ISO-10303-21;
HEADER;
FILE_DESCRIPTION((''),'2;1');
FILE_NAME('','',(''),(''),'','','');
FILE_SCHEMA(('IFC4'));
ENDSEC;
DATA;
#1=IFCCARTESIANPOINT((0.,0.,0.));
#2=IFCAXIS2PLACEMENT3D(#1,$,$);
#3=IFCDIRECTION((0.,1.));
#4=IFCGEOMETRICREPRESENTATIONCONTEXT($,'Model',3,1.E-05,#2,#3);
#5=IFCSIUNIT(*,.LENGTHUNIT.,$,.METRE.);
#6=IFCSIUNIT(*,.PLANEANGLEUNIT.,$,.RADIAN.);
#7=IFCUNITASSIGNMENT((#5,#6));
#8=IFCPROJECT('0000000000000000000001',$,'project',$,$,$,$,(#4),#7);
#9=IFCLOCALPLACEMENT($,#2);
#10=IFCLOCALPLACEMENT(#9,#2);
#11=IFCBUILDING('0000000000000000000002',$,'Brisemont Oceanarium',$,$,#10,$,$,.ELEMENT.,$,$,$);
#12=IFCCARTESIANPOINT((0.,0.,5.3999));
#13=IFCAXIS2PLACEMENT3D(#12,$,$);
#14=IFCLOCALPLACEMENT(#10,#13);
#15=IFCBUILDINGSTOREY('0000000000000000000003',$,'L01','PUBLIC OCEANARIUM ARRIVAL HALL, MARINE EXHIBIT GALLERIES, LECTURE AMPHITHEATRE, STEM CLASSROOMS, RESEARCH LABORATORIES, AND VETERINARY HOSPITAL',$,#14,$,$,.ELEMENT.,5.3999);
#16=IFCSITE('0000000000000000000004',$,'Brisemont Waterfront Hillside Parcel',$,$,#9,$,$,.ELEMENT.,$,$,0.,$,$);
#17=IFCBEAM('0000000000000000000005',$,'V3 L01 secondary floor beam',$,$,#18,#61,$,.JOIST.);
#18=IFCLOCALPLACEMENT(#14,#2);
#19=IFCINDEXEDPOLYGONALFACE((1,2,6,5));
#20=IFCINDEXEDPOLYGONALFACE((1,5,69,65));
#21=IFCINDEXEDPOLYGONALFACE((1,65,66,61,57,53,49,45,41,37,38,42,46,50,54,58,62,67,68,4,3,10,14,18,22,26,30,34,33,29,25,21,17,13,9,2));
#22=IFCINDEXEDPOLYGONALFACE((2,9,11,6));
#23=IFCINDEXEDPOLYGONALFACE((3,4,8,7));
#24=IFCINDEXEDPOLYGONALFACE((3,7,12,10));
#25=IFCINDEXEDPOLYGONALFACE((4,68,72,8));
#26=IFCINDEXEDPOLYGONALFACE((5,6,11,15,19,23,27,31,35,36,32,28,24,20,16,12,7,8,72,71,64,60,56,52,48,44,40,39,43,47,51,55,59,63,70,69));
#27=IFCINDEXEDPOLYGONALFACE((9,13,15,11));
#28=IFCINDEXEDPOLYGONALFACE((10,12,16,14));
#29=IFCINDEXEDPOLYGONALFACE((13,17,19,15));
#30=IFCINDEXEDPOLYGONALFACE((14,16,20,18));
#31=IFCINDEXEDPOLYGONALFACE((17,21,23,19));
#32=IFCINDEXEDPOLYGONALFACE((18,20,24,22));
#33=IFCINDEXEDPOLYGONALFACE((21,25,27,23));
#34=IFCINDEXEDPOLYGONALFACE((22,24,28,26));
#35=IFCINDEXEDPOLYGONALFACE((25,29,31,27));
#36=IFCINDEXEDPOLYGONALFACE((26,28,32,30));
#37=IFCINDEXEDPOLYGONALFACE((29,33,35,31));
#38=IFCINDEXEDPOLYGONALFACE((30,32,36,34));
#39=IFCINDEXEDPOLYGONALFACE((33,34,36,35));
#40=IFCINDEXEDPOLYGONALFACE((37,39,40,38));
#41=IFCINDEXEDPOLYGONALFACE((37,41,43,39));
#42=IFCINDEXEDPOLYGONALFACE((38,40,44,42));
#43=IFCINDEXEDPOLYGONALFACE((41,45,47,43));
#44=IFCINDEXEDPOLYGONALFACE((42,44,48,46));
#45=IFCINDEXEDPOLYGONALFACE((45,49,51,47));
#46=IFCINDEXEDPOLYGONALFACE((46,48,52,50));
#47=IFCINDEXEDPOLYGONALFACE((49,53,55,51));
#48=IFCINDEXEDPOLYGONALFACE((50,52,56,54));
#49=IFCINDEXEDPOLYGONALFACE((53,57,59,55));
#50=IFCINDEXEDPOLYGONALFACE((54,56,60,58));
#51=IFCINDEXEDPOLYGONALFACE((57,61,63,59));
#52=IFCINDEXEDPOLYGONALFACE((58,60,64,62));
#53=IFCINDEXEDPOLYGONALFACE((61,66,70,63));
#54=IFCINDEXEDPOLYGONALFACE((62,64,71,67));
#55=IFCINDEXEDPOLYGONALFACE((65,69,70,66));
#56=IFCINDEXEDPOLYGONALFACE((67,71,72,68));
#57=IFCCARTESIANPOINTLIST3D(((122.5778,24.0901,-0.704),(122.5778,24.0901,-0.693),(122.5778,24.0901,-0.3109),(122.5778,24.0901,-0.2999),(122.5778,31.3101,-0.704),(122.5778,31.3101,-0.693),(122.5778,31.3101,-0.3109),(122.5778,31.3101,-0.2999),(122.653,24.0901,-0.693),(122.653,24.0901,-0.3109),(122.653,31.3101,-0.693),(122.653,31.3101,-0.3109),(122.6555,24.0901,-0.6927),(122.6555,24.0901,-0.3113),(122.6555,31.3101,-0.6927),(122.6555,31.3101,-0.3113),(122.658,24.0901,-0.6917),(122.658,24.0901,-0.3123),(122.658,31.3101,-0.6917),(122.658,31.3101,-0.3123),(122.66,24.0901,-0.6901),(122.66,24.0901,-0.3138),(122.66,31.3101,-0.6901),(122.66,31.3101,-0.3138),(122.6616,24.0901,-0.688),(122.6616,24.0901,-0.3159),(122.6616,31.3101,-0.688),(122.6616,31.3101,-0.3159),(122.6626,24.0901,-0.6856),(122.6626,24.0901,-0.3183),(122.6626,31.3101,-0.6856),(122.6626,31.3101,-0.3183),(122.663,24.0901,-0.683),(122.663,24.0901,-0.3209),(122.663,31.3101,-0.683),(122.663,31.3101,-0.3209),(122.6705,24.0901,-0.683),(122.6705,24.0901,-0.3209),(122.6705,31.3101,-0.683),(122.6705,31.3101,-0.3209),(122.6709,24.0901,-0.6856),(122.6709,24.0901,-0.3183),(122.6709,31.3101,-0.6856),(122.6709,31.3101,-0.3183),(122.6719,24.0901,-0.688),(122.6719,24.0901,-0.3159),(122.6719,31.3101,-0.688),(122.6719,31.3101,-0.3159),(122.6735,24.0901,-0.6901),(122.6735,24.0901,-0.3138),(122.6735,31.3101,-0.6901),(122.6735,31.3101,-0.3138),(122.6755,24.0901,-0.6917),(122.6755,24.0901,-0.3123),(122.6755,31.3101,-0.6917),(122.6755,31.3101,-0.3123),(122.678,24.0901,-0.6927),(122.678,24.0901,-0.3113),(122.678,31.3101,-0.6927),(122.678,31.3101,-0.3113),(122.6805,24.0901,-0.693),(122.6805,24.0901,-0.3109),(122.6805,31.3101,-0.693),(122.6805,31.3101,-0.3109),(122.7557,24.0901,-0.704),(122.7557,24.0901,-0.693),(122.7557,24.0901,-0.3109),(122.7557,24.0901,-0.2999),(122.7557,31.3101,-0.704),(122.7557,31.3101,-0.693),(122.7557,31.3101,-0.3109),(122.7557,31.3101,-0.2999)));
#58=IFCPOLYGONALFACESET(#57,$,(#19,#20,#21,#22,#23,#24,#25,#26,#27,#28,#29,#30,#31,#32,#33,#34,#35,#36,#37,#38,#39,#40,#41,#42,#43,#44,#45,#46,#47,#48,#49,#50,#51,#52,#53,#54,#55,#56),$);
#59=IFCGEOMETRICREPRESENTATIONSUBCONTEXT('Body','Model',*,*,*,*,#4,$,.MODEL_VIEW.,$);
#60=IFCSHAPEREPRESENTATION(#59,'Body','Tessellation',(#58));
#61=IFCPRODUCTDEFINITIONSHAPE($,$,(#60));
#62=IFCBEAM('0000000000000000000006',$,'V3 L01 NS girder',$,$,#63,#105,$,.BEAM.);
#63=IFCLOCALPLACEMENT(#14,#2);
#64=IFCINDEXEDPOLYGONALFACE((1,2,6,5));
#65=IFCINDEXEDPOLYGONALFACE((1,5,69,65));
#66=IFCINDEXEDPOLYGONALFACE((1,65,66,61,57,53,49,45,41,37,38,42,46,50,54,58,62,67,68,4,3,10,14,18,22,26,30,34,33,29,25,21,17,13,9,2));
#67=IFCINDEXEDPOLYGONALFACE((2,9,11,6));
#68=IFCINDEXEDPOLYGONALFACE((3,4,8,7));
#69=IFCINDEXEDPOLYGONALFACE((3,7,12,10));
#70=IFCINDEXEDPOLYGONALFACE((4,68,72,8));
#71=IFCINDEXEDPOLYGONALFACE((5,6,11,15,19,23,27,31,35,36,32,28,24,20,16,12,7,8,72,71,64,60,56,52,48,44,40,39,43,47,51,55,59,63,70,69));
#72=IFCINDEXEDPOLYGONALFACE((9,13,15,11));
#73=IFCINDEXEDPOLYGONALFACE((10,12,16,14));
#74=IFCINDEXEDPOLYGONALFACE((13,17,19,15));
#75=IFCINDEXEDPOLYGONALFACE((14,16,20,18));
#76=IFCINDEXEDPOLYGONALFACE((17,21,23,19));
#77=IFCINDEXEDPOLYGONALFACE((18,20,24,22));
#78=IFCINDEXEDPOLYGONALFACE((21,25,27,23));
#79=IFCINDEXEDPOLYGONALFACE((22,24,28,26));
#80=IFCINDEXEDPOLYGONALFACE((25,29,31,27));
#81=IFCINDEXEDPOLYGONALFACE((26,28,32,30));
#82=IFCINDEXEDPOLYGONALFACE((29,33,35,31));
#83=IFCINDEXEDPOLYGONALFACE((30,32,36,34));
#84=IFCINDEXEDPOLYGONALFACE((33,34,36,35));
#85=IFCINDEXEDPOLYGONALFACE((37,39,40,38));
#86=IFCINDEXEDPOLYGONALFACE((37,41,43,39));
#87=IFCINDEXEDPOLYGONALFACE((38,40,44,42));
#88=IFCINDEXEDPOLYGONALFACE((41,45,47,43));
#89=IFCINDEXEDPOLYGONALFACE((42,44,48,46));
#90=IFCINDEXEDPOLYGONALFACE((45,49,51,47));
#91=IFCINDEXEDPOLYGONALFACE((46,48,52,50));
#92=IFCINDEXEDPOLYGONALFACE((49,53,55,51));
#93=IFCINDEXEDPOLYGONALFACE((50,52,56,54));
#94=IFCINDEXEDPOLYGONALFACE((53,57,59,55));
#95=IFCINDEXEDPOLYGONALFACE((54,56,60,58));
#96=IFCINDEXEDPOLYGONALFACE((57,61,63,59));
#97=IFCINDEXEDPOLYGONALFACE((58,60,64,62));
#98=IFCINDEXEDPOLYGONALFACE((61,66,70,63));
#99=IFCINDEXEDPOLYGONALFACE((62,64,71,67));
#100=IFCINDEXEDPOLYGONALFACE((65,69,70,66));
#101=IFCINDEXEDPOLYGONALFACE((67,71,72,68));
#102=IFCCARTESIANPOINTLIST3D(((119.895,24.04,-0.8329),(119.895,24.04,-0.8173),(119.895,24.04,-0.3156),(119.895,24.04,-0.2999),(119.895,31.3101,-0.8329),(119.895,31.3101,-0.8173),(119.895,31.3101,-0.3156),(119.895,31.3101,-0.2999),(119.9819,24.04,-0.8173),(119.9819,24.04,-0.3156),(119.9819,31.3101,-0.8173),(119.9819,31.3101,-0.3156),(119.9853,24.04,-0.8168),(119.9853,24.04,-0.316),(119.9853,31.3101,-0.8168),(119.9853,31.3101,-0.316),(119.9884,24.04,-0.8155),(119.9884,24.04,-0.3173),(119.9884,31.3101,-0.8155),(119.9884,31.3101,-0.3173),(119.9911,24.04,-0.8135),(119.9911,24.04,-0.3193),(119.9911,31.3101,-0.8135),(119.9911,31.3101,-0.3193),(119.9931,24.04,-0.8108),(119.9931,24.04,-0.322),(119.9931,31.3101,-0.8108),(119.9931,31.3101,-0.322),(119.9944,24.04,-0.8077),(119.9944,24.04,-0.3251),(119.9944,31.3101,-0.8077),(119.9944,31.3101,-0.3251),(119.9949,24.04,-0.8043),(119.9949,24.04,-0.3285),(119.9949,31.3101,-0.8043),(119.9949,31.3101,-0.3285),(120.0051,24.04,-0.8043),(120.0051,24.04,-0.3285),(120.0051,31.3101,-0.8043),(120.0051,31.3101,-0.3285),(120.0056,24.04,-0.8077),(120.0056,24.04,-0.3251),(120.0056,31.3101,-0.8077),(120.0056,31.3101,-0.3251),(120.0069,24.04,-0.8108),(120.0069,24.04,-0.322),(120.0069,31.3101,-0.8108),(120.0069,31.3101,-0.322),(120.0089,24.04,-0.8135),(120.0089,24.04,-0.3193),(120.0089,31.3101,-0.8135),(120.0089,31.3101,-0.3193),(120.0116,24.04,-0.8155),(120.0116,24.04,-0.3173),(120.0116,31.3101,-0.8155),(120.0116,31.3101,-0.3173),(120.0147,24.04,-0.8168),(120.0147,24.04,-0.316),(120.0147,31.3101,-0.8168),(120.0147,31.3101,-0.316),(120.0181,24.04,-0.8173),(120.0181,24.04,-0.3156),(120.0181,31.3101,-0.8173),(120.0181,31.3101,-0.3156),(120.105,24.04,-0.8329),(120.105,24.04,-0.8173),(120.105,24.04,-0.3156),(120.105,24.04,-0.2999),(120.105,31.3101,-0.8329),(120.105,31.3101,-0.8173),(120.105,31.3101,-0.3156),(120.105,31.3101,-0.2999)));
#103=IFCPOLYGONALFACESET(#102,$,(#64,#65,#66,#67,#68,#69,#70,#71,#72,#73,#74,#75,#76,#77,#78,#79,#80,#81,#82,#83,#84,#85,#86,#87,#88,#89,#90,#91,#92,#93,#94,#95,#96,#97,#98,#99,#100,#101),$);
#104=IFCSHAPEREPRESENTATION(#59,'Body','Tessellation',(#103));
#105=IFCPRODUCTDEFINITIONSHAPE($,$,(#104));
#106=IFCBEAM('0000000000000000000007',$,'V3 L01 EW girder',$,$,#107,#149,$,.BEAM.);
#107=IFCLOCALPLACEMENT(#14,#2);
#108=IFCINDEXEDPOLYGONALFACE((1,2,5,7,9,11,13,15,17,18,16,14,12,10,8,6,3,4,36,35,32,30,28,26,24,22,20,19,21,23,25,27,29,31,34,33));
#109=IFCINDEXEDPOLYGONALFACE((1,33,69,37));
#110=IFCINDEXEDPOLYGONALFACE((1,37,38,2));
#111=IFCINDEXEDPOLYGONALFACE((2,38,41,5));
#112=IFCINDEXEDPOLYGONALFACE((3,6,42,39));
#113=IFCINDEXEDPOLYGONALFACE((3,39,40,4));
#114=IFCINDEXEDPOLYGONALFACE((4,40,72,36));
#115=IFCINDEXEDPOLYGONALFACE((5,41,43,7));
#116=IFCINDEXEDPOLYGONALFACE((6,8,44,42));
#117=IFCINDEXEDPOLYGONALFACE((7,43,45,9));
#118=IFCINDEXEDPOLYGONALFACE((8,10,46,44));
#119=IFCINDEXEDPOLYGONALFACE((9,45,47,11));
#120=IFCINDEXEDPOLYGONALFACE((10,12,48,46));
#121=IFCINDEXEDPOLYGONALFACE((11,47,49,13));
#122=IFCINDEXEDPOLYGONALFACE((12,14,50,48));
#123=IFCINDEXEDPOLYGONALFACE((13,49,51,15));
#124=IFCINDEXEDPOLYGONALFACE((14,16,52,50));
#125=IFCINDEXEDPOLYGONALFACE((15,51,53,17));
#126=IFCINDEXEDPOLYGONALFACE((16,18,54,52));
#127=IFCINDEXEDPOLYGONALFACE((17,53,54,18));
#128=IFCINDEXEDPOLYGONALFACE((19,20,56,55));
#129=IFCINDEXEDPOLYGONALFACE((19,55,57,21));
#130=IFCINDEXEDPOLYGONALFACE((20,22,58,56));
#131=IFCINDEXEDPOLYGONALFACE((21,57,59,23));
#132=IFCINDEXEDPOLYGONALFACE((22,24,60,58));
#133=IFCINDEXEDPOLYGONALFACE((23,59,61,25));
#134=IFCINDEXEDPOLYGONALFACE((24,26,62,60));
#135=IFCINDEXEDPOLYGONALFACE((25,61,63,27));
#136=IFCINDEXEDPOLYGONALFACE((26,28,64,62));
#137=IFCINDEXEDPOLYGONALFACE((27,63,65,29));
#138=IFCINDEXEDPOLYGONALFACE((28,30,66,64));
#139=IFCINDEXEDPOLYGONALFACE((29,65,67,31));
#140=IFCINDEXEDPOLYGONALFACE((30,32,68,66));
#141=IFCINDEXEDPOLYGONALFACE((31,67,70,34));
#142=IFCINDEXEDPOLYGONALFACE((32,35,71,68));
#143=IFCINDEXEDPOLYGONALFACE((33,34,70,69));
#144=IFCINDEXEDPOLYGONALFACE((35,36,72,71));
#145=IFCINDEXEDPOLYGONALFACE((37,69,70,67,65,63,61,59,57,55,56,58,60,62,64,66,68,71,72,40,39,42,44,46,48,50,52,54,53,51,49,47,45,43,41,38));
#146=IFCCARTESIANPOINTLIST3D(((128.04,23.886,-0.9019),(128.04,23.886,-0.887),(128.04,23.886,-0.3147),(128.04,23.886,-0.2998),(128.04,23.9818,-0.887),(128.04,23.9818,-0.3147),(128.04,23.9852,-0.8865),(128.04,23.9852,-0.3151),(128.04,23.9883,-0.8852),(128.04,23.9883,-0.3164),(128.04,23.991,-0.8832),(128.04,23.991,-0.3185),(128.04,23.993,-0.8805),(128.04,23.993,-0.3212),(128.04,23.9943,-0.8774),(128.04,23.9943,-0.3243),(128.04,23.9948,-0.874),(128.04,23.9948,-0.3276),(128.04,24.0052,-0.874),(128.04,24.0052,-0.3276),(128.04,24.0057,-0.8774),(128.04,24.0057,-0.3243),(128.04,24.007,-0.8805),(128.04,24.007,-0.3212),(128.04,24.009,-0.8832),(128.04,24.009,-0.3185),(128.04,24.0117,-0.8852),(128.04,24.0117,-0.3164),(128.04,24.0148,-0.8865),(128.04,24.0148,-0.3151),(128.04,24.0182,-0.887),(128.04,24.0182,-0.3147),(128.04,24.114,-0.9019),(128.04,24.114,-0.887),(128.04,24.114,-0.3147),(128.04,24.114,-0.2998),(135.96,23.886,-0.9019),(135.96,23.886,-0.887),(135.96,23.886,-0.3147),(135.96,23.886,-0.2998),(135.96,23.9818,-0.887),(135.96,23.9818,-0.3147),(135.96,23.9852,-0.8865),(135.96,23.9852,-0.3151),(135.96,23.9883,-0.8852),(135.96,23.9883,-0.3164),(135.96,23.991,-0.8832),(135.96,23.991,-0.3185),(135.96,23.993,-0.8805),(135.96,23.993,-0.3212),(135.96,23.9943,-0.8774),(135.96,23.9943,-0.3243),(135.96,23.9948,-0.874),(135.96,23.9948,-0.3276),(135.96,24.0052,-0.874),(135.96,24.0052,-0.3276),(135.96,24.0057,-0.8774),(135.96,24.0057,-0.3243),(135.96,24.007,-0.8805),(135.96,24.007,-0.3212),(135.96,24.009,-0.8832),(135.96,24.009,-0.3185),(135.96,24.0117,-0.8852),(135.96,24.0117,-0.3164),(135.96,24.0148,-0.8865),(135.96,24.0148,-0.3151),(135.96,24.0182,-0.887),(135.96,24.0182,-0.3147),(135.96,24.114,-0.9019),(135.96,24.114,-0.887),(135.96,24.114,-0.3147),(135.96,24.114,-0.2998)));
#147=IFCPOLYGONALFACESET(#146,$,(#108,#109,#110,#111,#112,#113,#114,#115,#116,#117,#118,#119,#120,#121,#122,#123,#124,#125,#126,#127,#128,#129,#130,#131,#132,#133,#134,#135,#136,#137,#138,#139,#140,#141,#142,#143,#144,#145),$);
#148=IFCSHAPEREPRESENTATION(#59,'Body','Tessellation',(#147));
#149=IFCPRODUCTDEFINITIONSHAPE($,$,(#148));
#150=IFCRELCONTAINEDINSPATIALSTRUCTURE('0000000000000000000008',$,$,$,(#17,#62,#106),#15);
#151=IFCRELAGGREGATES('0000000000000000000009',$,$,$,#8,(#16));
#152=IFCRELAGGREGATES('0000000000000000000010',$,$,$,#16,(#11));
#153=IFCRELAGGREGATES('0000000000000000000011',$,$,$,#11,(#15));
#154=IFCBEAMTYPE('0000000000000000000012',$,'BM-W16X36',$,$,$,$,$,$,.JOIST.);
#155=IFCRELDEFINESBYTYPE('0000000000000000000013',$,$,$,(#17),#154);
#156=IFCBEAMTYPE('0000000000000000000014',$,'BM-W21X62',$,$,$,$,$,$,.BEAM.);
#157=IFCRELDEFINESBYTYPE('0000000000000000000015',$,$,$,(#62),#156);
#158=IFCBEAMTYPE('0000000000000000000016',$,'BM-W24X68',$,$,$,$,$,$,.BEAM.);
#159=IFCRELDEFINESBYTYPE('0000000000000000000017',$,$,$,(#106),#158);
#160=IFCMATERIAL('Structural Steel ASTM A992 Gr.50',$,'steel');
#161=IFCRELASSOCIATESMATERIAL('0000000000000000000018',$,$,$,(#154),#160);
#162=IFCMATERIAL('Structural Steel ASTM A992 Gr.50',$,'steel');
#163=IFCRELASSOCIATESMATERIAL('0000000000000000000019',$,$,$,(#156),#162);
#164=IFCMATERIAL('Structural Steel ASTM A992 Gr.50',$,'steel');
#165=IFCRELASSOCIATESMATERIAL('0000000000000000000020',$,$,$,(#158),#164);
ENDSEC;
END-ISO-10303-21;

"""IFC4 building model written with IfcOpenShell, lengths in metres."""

from ifc_helpers import new_model, si_unit, direction, frame, origin, origin_2d, place, context, subcontext, project, spatial, i_section, extrude, material, material_profile, profile_set, type_object, element, save


model = new_model("IFC4")

# Units and contexts
model_context = context("Model", 3, precision=1e-05, world=origin(), true_north=direction((0.0, 1.0)))
body_context = subcontext(model_context, "Body", "Model", "MODEL_VIEW")
ifc_project = project(units=[si_unit("LENGTHUNIT", "METRE"), si_unit("PLANEANGLEUNIT", "RADIAN")], contexts=[model_context])

# Site, building, storey
site_placement = place(None, origin())
site = spatial("IfcSite", under=ifc_project, at=site_placement, Name="Brisemont Waterfront Hillside Parcel", CompositionType="ELEMENT", RefElevation=0.0)
building_placement = place(site_placement, origin())
building = spatial("IfcBuilding", under=site, at=building_placement, Name="Brisemont Oceanarium", CompositionType="ELEMENT")
storey_placement = place(building_placement, frame((0.0, 0.0, 5.3999)))
storey = spatial("IfcBuildingStorey", under=building, at=storey_placement, Name="L01", Description="PUBLIC OCEANARIUM ARRIVAL HALL, MARINE EXHIBIT GALLERIES, LECTURE AMPHITHEATRE, STEM CLASSROOMS, RESEARCH LABORATORIES, AND VETERINARY HOSPITAL", CompositionType="ELEMENT", Elevation=5.3999)

# Beams
ifc_material_1 = material(Name="Structural Steel ASTM A992 Gr.50", Category="steel")
ifc_material_profile_1 = material_profile(ifc_material_1, i_section(OverallWidth=0.178, OverallDepth=0.4041, WebThickness=0.0076, FlangeThickness=0.011, FilletRadius=0.01, at=origin_2d()), Name="W16X36")
ifc_profile_set_1 = profile_set([ifc_material_profile_1], Name="Structural Steel ASTM A992 Gr.50")
beam_type_1 = type_object("IfcBeamType", Name="BM-W16X36", PredefinedType="JOIST", material=ifc_profile_set_1)
beam_1_placement = place(storey_placement, frame((122.6667, 24.0901, -0.502), z_axis=(0.0, 1.0, 0.0), x_axis=(-1.0, 0.0, 0.0)))
element("IfcBeam", 1, at=beam_1_placement, inside=storey, type_object=beam_type_1, Name="V3 L01 secondary floor beam", PredefinedType="JOIST", context=body_context, shape_type="SweptSolid", body=[
    extrude(i_section(OverallWidth=0.178, OverallDepth=0.4041, WebThickness=0.0076, FlangeThickness=0.011, FilletRadius=0.01, at=origin_2d()), origin(), (0.0, 0.0, 1.0), 7.22),
])
ifc_material_2 = material(Name="Structural Steel ASTM A992 Gr.50", Category="steel")
ifc_material_profile_2 = material_profile(ifc_material_2, i_section(OverallWidth=0.21, OverallDepth=0.533, WebThickness=0.0103, FlangeThickness=0.0156, FilletRadius=0.0129, at=origin_2d()), Name="W21X62")
ifc_profile_set_2 = profile_set([ifc_material_profile_2], Name="Structural Steel ASTM A992 Gr.50")
beam_type_2 = type_object("IfcBeamType", Name="BM-W21X62", PredefinedType="BEAM", material=ifc_profile_set_2)
beam_2_placement = place(storey_placement, frame((120.0, 24.04, -0.5664), z_axis=(0.0, 1.0, 0.0), x_axis=(-1.0, 0.0, 0.0)))
element("IfcBeam", 2, at=beam_2_placement, inside=storey, type_object=beam_type_2, Name="V3 L01 NS girder", PredefinedType="BEAM", context=body_context, shape_type="SweptSolid", body=[
    extrude(i_section(OverallWidth=0.21, OverallDepth=0.533, WebThickness=0.0103, FlangeThickness=0.0156, FilletRadius=0.0129, at=origin_2d()), origin(), (0.0, 0.0, 1.0), 7.27),
])
ifc_material_3 = material(Name="Structural Steel ASTM A992 Gr.50", Category="steel")
ifc_material_profile_3 = material_profile(ifc_material_3, i_section(OverallWidth=0.228, OverallDepth=0.6021, WebThickness=0.0105, FlangeThickness=0.0149, FilletRadius=0.0129, at=origin_2d()), Name="W24X68")
ifc_profile_set_3 = profile_set([ifc_material_profile_3], Name="Structural Steel ASTM A992 Gr.50")
beam_type_3 = type_object("IfcBeamType", Name="BM-W24X68", PredefinedType="BEAM", material=ifc_profile_set_3)
beam_3_placement = place(storey_placement, frame((128.04, 24.0, -0.6008), z_axis=(1.0, 0.0, 0.0), x_axis=(0.0, 1.0, 0.0)))
element("IfcBeam", 3, at=beam_3_placement, inside=storey, type_object=beam_type_3, Name="V3 L01 EW girder", PredefinedType="BEAM", context=body_context, shape_type="SweptSolid", body=[
    extrude(i_section(OverallWidth=0.228, OverallDepth=0.6021, WebThickness=0.0105, FlangeThickness=0.0149, FilletRadius=0.0129, at=origin_2d()), origin(), (0.0, 0.0, 1.0), 7.9199),
])

save(model, "model.ifc")
